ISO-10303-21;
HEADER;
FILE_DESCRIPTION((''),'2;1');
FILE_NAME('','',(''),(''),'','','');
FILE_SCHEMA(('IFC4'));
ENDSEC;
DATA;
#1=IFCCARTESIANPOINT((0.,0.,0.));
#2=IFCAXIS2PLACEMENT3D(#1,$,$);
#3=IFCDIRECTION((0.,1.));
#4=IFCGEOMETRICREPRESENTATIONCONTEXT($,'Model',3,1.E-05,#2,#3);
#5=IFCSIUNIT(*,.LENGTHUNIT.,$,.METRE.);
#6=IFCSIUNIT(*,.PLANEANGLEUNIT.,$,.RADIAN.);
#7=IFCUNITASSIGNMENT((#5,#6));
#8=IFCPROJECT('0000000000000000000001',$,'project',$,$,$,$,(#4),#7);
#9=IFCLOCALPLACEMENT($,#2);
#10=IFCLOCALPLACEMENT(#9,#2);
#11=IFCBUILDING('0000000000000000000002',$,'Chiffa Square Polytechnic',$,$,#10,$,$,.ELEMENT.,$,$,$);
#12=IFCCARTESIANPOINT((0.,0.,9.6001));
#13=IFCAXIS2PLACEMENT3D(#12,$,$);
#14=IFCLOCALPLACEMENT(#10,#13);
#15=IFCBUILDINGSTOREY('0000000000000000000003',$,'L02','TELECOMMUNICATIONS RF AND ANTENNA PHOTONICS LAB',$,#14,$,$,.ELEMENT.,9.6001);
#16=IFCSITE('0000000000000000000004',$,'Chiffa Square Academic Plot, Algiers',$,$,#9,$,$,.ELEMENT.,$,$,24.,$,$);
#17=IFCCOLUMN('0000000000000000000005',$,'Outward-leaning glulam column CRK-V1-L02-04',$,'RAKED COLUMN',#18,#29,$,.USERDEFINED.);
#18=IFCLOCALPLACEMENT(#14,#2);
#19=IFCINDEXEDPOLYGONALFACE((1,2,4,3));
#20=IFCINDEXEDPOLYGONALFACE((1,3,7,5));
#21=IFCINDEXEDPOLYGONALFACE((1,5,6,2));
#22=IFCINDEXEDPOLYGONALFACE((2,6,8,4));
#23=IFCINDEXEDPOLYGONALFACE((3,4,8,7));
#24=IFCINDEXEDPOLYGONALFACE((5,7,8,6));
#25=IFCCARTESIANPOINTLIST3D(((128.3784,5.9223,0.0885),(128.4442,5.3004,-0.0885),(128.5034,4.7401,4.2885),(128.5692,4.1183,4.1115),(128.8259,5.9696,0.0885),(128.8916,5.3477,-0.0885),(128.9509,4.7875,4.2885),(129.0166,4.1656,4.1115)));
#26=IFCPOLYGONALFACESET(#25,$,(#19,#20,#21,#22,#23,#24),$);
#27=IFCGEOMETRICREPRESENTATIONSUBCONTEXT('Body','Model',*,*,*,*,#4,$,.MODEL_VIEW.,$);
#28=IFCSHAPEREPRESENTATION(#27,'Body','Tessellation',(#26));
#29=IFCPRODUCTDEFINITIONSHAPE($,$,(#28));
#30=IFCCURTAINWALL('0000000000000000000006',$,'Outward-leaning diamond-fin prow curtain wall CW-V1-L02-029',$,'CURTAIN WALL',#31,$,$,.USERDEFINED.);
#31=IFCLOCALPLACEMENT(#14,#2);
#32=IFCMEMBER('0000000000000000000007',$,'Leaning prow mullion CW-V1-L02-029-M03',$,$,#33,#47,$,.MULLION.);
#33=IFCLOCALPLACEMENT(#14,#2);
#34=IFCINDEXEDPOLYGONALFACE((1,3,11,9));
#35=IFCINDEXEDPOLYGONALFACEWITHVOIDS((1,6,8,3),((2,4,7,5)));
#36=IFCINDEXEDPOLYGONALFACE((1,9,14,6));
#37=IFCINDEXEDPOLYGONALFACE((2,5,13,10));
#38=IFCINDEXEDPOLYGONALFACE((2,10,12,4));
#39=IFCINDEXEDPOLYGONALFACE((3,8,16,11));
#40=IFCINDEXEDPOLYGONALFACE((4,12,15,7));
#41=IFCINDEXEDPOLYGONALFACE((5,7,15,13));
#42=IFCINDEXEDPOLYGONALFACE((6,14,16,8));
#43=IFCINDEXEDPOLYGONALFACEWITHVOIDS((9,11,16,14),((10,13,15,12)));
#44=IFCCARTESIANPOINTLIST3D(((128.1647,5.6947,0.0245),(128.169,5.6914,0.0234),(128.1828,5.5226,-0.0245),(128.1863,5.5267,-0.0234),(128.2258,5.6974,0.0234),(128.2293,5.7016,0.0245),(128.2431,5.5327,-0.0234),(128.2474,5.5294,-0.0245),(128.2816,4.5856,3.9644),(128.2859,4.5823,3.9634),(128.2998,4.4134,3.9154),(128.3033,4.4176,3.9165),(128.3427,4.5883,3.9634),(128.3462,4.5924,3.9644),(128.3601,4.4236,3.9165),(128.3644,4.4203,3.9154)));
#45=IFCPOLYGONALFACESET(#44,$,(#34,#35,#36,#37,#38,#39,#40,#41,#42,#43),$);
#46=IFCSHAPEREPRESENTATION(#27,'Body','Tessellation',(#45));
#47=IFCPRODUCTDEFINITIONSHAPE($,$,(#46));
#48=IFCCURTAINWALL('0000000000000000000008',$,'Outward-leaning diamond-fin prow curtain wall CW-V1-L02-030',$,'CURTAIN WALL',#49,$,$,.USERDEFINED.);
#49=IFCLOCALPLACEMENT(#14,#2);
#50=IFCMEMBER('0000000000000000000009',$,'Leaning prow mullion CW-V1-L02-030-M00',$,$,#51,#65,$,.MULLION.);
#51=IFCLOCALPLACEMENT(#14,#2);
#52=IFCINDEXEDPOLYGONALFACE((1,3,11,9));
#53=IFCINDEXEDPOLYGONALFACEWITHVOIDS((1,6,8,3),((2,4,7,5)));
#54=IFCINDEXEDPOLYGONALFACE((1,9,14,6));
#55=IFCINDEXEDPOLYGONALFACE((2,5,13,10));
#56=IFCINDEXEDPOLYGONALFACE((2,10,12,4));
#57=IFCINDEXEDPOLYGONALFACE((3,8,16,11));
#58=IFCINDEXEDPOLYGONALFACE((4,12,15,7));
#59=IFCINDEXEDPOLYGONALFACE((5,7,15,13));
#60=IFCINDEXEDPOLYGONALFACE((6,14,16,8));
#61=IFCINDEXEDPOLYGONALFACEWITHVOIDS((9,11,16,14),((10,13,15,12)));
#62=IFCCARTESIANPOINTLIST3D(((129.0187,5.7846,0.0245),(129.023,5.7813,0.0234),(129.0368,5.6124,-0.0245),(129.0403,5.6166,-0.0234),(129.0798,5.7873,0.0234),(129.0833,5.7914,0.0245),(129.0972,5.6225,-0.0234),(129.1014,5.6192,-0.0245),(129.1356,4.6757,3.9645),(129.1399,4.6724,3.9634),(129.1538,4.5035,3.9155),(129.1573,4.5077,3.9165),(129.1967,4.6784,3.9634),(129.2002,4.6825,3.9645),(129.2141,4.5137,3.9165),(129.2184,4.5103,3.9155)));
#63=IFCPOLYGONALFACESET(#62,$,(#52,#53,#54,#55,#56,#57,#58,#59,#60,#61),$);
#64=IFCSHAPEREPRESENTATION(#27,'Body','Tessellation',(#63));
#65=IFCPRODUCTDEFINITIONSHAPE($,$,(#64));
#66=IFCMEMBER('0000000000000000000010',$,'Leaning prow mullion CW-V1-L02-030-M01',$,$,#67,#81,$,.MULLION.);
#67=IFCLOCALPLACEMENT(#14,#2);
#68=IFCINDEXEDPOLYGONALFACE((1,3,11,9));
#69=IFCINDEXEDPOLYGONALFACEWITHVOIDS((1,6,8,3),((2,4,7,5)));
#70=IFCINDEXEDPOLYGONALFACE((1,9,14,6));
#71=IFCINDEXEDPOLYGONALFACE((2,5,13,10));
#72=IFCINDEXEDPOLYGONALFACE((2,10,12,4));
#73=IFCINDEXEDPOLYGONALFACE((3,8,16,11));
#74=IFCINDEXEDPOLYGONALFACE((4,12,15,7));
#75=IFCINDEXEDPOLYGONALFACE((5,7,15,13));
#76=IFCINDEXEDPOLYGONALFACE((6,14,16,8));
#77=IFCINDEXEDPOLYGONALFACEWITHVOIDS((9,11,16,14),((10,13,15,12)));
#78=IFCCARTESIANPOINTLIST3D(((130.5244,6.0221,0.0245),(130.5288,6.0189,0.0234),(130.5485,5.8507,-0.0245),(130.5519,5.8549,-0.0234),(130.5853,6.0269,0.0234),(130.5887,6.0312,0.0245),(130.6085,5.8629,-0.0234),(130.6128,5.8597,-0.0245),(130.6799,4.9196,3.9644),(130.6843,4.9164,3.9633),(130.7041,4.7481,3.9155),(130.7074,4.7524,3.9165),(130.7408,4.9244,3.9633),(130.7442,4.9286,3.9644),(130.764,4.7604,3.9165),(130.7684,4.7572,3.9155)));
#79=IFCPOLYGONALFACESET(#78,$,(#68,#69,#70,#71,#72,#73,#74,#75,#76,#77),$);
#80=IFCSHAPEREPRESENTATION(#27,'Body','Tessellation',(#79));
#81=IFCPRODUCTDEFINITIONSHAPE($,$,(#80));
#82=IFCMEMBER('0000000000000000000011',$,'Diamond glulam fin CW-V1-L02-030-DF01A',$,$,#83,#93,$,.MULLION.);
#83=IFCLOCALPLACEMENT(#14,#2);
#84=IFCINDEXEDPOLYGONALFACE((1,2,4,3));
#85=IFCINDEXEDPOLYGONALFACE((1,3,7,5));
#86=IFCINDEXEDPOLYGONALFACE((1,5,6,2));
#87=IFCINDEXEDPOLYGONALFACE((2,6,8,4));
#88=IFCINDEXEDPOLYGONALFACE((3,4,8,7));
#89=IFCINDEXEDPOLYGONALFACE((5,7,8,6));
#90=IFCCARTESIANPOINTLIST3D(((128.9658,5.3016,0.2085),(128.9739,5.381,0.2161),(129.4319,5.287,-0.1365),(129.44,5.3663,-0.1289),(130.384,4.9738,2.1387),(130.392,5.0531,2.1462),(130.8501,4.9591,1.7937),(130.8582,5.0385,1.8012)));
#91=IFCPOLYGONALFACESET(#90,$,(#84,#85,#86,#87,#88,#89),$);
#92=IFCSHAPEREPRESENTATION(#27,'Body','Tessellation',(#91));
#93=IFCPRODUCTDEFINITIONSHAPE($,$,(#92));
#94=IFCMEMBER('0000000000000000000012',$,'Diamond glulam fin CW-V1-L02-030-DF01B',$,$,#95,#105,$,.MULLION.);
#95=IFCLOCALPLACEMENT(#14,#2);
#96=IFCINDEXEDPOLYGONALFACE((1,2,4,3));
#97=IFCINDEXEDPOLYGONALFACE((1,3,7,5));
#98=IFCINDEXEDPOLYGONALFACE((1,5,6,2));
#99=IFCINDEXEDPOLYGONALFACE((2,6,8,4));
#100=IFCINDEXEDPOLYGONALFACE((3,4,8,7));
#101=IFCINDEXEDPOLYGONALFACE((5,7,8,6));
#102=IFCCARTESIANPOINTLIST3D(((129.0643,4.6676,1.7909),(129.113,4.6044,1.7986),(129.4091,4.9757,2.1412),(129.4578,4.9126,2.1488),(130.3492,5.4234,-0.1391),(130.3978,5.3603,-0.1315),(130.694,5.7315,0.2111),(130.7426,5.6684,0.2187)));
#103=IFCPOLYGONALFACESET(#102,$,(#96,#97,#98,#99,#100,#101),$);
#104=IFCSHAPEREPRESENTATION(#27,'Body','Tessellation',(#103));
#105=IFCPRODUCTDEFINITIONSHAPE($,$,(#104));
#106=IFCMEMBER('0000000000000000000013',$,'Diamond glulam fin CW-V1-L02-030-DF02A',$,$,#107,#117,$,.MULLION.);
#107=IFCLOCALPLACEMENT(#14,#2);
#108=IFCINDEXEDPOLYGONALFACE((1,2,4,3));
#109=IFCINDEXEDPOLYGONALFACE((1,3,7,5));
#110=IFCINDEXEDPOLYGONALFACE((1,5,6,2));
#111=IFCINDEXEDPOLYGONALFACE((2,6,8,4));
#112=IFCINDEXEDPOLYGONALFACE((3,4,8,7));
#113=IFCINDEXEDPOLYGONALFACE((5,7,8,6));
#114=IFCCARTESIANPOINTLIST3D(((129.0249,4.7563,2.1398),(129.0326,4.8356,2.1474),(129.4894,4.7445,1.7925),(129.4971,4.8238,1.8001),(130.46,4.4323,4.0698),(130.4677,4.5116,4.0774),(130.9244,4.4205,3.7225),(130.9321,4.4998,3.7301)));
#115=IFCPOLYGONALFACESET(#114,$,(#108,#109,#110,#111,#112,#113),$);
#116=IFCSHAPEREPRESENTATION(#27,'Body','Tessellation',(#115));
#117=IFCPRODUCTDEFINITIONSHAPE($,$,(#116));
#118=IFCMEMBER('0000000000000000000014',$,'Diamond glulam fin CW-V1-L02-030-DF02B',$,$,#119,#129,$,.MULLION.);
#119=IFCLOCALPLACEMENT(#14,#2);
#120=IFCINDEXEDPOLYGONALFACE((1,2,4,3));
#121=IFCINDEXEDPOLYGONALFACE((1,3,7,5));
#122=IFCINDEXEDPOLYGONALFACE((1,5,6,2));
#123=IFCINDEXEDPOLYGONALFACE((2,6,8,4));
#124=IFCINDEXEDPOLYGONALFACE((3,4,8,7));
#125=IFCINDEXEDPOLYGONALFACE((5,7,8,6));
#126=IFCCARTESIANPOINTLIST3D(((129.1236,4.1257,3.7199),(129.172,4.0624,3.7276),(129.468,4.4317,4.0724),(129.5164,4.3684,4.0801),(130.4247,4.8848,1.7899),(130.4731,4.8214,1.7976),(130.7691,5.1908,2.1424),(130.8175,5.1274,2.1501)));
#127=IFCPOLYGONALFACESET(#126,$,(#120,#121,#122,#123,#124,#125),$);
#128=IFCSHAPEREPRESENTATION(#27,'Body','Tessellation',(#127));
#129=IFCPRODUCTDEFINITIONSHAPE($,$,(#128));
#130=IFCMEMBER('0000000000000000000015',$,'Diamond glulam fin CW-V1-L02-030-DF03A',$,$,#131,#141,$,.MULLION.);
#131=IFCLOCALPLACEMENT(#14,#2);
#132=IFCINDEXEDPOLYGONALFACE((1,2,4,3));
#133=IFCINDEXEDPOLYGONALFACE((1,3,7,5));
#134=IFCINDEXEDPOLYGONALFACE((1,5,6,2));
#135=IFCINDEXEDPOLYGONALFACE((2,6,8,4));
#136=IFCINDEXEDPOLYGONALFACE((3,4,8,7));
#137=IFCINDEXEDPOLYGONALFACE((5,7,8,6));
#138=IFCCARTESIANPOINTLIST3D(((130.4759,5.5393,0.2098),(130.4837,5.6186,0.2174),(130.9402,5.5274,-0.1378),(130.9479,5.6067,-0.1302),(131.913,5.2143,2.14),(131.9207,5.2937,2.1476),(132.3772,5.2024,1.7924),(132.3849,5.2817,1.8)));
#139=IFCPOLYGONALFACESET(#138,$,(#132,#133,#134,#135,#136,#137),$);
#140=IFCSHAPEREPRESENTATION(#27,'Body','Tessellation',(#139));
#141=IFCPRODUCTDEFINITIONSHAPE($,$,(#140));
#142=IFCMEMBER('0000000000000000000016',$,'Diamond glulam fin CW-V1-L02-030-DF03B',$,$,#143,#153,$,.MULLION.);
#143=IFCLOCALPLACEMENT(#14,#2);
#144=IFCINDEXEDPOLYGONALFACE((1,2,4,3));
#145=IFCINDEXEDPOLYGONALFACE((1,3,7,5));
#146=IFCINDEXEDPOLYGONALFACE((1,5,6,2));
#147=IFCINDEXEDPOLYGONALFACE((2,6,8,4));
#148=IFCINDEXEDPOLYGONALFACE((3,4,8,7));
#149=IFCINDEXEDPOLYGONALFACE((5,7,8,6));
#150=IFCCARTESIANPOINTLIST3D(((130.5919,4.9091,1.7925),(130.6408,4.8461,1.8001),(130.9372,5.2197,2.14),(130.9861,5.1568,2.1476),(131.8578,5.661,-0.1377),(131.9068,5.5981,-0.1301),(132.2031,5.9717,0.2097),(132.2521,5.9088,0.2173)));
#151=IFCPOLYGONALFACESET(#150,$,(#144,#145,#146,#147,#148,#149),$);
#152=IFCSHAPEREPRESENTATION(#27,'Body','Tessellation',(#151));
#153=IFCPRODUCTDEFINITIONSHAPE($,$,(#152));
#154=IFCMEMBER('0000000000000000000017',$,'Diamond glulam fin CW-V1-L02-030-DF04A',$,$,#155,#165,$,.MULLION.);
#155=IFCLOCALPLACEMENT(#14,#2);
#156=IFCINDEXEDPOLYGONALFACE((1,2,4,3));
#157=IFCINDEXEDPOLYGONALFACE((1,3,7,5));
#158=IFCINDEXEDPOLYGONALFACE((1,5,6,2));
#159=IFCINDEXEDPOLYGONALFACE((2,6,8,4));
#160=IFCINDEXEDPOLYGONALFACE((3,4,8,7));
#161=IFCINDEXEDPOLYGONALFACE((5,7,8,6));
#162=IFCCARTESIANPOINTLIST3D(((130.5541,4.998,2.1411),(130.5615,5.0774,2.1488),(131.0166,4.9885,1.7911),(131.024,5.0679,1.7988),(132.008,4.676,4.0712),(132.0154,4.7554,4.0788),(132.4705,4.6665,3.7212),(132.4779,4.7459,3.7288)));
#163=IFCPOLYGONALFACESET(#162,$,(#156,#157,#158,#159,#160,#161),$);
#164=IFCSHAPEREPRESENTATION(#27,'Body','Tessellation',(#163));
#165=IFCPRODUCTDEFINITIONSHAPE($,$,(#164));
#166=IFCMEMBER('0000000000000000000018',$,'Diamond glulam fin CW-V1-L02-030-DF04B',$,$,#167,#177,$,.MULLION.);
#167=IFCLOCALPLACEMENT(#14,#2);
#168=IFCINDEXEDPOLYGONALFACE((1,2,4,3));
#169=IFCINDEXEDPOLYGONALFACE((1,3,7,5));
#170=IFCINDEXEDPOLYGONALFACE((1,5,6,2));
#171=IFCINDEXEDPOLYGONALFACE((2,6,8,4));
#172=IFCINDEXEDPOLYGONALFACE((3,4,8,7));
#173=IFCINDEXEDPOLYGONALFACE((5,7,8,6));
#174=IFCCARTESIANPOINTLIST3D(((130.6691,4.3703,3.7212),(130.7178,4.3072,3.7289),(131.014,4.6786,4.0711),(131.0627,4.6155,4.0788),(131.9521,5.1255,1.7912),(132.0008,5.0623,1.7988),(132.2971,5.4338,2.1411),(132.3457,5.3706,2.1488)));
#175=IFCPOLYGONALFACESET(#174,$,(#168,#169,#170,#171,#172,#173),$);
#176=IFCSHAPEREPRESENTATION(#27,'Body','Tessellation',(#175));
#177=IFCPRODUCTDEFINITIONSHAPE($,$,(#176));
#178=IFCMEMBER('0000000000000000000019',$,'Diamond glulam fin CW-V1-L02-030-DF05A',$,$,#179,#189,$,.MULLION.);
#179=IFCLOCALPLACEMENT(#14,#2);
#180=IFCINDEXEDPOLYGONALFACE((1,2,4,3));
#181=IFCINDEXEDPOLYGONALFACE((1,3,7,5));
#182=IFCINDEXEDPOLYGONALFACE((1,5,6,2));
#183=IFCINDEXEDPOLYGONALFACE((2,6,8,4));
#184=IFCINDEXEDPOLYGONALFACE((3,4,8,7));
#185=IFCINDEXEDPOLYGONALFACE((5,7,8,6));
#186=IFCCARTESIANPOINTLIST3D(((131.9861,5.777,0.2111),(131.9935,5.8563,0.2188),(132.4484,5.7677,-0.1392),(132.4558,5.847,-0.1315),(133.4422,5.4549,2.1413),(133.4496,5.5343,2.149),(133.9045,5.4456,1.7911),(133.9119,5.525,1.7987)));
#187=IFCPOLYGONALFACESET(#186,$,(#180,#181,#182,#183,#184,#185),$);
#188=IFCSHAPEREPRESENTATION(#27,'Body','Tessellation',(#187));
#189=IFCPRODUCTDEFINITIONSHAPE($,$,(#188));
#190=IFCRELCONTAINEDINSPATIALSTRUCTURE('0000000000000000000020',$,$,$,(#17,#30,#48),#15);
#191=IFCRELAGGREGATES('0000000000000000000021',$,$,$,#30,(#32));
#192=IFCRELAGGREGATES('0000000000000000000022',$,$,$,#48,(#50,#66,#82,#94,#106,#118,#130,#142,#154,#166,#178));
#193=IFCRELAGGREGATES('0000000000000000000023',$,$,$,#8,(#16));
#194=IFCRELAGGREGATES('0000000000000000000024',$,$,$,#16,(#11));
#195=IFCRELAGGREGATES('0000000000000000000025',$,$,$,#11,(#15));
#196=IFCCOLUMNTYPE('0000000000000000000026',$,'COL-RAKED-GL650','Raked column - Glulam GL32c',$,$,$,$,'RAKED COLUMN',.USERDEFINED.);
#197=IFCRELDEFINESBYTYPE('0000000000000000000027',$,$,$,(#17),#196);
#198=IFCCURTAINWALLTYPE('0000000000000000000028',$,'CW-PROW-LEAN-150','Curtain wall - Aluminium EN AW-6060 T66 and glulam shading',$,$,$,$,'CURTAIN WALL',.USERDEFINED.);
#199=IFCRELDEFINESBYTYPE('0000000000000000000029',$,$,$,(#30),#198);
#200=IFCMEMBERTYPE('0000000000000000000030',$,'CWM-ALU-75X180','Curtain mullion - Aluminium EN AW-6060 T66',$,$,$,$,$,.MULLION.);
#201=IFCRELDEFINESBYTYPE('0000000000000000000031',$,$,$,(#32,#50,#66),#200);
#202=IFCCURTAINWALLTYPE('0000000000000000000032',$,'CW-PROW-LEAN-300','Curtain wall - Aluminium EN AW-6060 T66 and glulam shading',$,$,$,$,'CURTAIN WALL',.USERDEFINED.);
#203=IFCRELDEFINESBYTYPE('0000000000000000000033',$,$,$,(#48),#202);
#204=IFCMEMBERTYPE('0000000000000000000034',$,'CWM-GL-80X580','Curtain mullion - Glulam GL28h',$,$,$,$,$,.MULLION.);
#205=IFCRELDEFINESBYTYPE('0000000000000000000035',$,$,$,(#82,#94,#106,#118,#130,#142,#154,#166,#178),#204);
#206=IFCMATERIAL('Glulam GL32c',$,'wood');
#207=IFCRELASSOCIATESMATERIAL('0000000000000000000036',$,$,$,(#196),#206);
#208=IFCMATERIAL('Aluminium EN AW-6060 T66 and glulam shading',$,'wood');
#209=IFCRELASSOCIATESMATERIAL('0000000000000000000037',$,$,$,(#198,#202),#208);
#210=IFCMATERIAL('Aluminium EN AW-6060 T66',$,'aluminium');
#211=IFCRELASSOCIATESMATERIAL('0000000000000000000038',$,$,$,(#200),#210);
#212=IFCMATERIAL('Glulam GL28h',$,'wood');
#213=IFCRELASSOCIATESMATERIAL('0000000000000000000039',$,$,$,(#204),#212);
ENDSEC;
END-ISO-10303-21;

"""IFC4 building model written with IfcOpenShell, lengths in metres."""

from ifc_helpers import new_model, si_unit, direction, frame, origin, origin_2d, place, context, subcontext, project, spatial, rectangle, hollow_rectangle, extrude, material, material_profile, profile_set, type_object, element, aggregate, save


model = new_model("IFC4")

# Units and contexts
model_context = context("Model", 3, precision=1e-05, world=origin(), true_north=direction((0.0, 1.0)))
body_context = subcontext(model_context, "Body", "Model", "MODEL_VIEW")
ifc_project = project(units=[si_unit("LENGTHUNIT", "METRE"), si_unit("PLANEANGLEUNIT", "RADIAN")], contexts=[model_context])

# Site, building, storey
site_placement = place(None, origin())
site = spatial("IfcSite", under=ifc_project, at=site_placement, Name="Chiffa Square Academic Plot, Algiers", CompositionType="ELEMENT", RefElevation=24.0)
building_placement = place(site_placement, origin())
building = spatial("IfcBuilding", under=site, at=building_placement, Name="Chiffa Square Polytechnic", CompositionType="ELEMENT")
storey_placement = place(building_placement, frame((0.0, 0.0, 9.6001)))
storey = spatial("IfcBuildingStorey", under=building, at=storey_placement, Name="L02", Description="TELECOMMUNICATIONS RF AND ANTENNA PHOTONICS LAB", CompositionType="ELEMENT", Elevation=9.6001)

# Column
ifc_material_1 = material(Name="Glulam GL32c", Category="wood")
ifc_material_profile_1 = material_profile(ifc_material_1, rectangle(XDim=0.45, YDim=0.6499, at=origin_2d()), Name="GL32c 450x650")
ifc_profile_set_1 = profile_set([ifc_material_profile_1], Name="Glulam GL32c")
column_type = type_object("IfcColumnType", Name="COL-RAKED-GL650", Description="Raked column - Glulam GL32c", ElementType="RAKED COLUMN", PredefinedType="USERDEFINED", material=ifc_profile_set_1)
column_placement = place(storey_placement, frame((128.635, 5.635, 0.0), z_axis=(0.028637, -0.270824, 0.962203), x_axis=(0.994456, 0.105155, 0.0)))
element("IfcColumn", 1, at=column_placement, inside=storey, type_object=column_type, Name="Outward-leaning glulam column CRK-V1-L02-04", ObjectType="RAKED COLUMN", PredefinedType="USERDEFINED", context=body_context, shape_type="SweptSolid", body=[
    extrude(rectangle(XDim=0.45, YDim=0.6499, at=origin_2d()), origin(), (0.0, 0.0, 1.0), 4.365),
])

# Curtain wall, member
ifc_material_2 = material(Name="Aluminium EN AW-6060 T66 and glulam shading", Category="wood")
curtain_wall_type_1 = type_object("IfcCurtainWallType", Name="CW-PROW-LEAN-150", Description="Curtain wall - Aluminium EN AW-6060 T66 and glulam shading", ElementType="CURTAIN WALL", PredefinedType="USERDEFINED", material=ifc_material_2)
curtain_wall_1_placement = place(storey_placement, origin())
curtain_wall_1 = element("IfcCurtainWall", 2, at=curtain_wall_1_placement, inside=storey, type_object=curtain_wall_type_1, Name="Outward-leaning diamond-fin prow curtain wall CW-V1-L02-029", ObjectType="CURTAIN WALL", PredefinedType="USERDEFINED")
ifc_material_3 = material(Name="Aluminium EN AW-6060 T66", Category="aluminium")
ifc_material_profile_2 = material_profile(ifc_material_3, hollow_rectangle(XDim=0.0649, YDim=0.1799, WallThickness=0.0039, at=origin_2d()), Name="ALU 65x180x4")
ifc_profile_set_2 = profile_set([ifc_material_profile_2], Name="Aluminium EN AW-6060 T66")
member_type_1 = type_object("IfcMemberType", Name="CWM-ALU-75X180", Description="Curtain mullion - Aluminium EN AW-6060 T66", PredefinedType="MULLION", material=ifc_profile_set_2)
member_1_placement = place(storey_placement, frame((128.2061, 5.6121, 0.0), z_axis=(0.028559, -0.270867, 0.962193), x_axis=(0.994487, 0.104856, 0.0)))
member_1 = element("IfcMember", 3, at=member_1_placement, type_object=member_type_1, Name="Leaning prow mullion CW-V1-L02-029-M03", PredefinedType="MULLION", context=body_context, shape_type="SweptSolid", body=[
    extrude(hollow_rectangle(XDim=0.0649, YDim=0.1799, WallThickness=0.0039, at=origin_2d()), origin(), (0.0, 0.0, 1.0), 4.0947),
])
aggregate(curtain_wall_1, [member_1])

# Curtain wall, members
curtain_wall_type_2 = type_object("IfcCurtainWallType", Name="CW-PROW-LEAN-300", Description="Curtain wall - Aluminium EN AW-6060 T66 and glulam shading", ElementType="CURTAIN WALL", PredefinedType="USERDEFINED", material=ifc_material_2)
curtain_wall_2_placement = place(storey_placement, origin())
curtain_wall_2 = element("IfcCurtainWall", 4, at=curtain_wall_2_placement, inside=storey, type_object=curtain_wall_type_2, Name="Outward-leaning diamond-fin prow curtain wall CW-V1-L02-030", ObjectType="CURTAIN WALL", PredefinedType="USERDEFINED")
member_2_placement = place(storey_placement, frame((129.0601, 5.7019, 0.0), z_axis=(0.02856, -0.270811, 0.962209), x_axis=(0.994485, 0.104879, 0.0)))
member_2 = element("IfcMember", 5, at=member_2_placement, type_object=member_type_1, Name="Leaning prow mullion CW-V1-L02-030-M00", PredefinedType="MULLION", context=body_context, shape_type="SweptSolid", body=[
    extrude(hollow_rectangle(XDim=0.0649, YDim=0.1799, WallThickness=0.0039, at=origin_2d()), origin(), (0.0, 0.0, 1.0), 4.0947),
])
member_3_placement = place(storey_placement, frame((130.5686, 5.9409, 0.0), z_axis=(0.037984, -0.269289, 0.96231), x_axis=(0.990198, 0.139671, 0.0)))
member_3 = element("IfcMember", 6, at=member_3_placement, type_object=member_type_1, Name="Leaning prow mullion CW-V1-L02-030-M01", PredefinedType="MULLION", context=body_context, shape_type="SweptSolid", body=[
    extrude(hollow_rectangle(XDim=0.0649, YDim=0.1799, WallThickness=0.0039, at=origin_2d()), origin(), (0.0, 0.0, 1.0), 4.0942),
])
ifc_material_4 = material(Name="Glulam GL28h", Category="wood")
ifc_material_profile_3 = material_profile(ifc_material_4, rectangle(XDim=0.0801, YDim=0.5801, at=origin_2d()), Name="GL28h 80x580")
ifc_profile_set_3 = profile_set([ifc_material_profile_3], Name="Glulam GL28h")
member_type_2 = type_object("IfcMemberType", Name="CWM-GL-80X580", Description="Curtain mullion - Glulam GL28h", PredefinedType="MULLION", material=ifc_profile_set_3)
member_4_placement = place(storey_placement, frame((129.2029, 5.334, 0.0398), z_axis=(0.586639, -0.135627, 0.798411), x_axis=(0.100789, 0.990439, 0.094191)))
member_4 = element("IfcMember", 7, at=member_4_placement, type_object=member_type_2, Name="Diamond glulam fin CW-V1-L02-030-DF01A", PredefinedType="MULLION", context=body_context, shape_type="SweptSolid", body=[
    extrude(rectangle(XDim=0.0801, YDim=0.5801, at=origin_2d()), origin(), (0.0, 0.0, 1.0), 2.4175),
])
member_5_placement = place(storey_placement, frame((130.5459, 5.5459, 0.0398), z_axis=(-0.526856, -0.309927, 0.791435), x_axis=(0.607505, -0.788539, 0.095621)))
member_5 = element("IfcMember", 8, at=member_5_placement, type_object=member_type_2, Name="Diamond glulam fin CW-V1-L02-030-DF01B", PredefinedType="MULLION", context=body_context, shape_type="SweptSolid", body=[
    extrude(rectangle(XDim=0.0801, YDim=0.5801, at=origin_2d()), origin(), (0.0, 0.0, 1.0), 2.4387),
])
member_6_placement = place(storey_placement, frame((129.261, 4.79, 1.97), z_axis=(0.591356, -0.133503, 0.795283), x_axis=(0.096148, 0.990839, 0.094837)))
member_6 = element("IfcMember", 9, at=member_6_placement, type_object=member_type_2, Name="Diamond glulam fin CW-V1-L02-030-DF02A", PredefinedType="MULLION", context=body_context, shape_type="SweptSolid", body=[
    extrude(rectangle(XDim=0.0801, YDim=0.5801, at=origin_2d()), origin(), (0.0, 0.0, 1.0), 2.4268),
])
member_7_placement = place(storey_placement, frame((130.6211, 5.0061, 1.97), z_axis=(-0.531432, -0.310044, 0.788323), x_axis=(0.604236, -0.790971, 0.096248)))
member_7 = element("IfcMember", 10, at=member_7_placement, type_object=member_type_2, Name="Diamond glulam fin CW-V1-L02-030-DF02B", PredefinedType="MULLION", context=body_context, shape_type="SweptSolid", body=[
    extrude(rectangle(XDim=0.0801, YDim=0.5801, at=origin_2d()), origin(), (0.0, 0.0, 1.0), 2.4482),
])
member_8_placement = place(storey_placement, frame((130.7119, 5.573, 0.0398), z_axis=(0.5918, -0.133824, 0.794899), x_axis=(0.096558, 0.990791, 0.094915)))
member_8 = element("IfcMember", 11, at=member_8_placement, type_object=member_type_2, Name="Diamond glulam fin CW-V1-L02-030-DF03A", PredefinedType="MULLION", context=body_context, shape_type="SweptSolid", body=[
    extrude(rectangle(XDim=0.0801, YDim=0.5801, at=origin_2d()), origin(), (0.0, 0.0, 1.0), 2.4282),
])
member_9_placement = place(storey_placement, frame((132.0549, 5.7849, 0.0398), z_axis=(-0.52144, -0.309747, 0.795083), x_axis=(0.611358, -0.785646, 0.094878)))
member_9 = element("IfcMember", 12, at=member_9_placement, type_object=member_type_2, Name="Diamond glulam fin CW-V1-L02-030-DF03B", PredefinedType="MULLION", context=body_context, shape_type="SweptSolid", body=[
    extrude(rectangle(XDim=0.0801, YDim=0.5801, at=origin_2d()), origin(), (0.0, 0.0, 1.0), 2.4277),
])
member_10_placement = place(storey_placement, frame((130.7891, 5.033, 1.97), z_axis=(0.596423, -0.132104, 0.791725), x_axis=(0.092669, 0.991101, 0.095562)))
member_10 = element("IfcMember", 13, at=member_10_placement, type_object=member_type_2, Name="Diamond glulam fin CW-V1-L02-030-DF04A", PredefinedType="MULLION", context=body_context, shape_type="SweptSolid", body=[
    extrude(rectangle(XDim=0.0801, YDim=0.5801, at=origin_2d()), origin(), (0.0, 0.0, 1.0), 2.4377),
])
member_11_placement = place(storey_placement, frame((132.1489, 5.248, 1.97), z_axis=(-0.526367, -0.309811, 0.791805), x_axis=(0.607745, -0.788363, 0.095546)))
member_11 = element("IfcMember", 14, at=member_11_placement, type_object=member_type_2, Name="Diamond glulam fin CW-V1-L02-030-DF04B", PredefinedType="MULLION", context=body_context, shape_type="SweptSolid", body=[
    extrude(rectangle(XDim=0.0801, YDim=0.5801, at=origin_2d()), origin(), (0.0, 0.0, 1.0), 2.4375),
])
member_12_placement = place(storey_placement, frame((132.2209, 5.812, 0.0398), z_axis=(0.596956, -0.132023, 0.791337), x_axis=(0.092412, 0.991117, 0.095641)))
member_12 = element("IfcMember", 15, at=member_12_placement, type_object=member_type_2, Name="Diamond glulam fin CW-V1-L02-030-DF05A", PredefinedType="MULLION", context=body_context, shape_type="SweptSolid", body=[
    extrude(rectangle(XDim=0.0801, YDim=0.5801, at=origin_2d()), origin(), (0.0, 0.0, 1.0), 2.4392),
])

aggregate(curtain_wall_2, [member_2, member_3, member_4, member_5, member_6, member_7, member_8, member_9, member_10, member_11, member_12])

save(model, "model.ifc")
